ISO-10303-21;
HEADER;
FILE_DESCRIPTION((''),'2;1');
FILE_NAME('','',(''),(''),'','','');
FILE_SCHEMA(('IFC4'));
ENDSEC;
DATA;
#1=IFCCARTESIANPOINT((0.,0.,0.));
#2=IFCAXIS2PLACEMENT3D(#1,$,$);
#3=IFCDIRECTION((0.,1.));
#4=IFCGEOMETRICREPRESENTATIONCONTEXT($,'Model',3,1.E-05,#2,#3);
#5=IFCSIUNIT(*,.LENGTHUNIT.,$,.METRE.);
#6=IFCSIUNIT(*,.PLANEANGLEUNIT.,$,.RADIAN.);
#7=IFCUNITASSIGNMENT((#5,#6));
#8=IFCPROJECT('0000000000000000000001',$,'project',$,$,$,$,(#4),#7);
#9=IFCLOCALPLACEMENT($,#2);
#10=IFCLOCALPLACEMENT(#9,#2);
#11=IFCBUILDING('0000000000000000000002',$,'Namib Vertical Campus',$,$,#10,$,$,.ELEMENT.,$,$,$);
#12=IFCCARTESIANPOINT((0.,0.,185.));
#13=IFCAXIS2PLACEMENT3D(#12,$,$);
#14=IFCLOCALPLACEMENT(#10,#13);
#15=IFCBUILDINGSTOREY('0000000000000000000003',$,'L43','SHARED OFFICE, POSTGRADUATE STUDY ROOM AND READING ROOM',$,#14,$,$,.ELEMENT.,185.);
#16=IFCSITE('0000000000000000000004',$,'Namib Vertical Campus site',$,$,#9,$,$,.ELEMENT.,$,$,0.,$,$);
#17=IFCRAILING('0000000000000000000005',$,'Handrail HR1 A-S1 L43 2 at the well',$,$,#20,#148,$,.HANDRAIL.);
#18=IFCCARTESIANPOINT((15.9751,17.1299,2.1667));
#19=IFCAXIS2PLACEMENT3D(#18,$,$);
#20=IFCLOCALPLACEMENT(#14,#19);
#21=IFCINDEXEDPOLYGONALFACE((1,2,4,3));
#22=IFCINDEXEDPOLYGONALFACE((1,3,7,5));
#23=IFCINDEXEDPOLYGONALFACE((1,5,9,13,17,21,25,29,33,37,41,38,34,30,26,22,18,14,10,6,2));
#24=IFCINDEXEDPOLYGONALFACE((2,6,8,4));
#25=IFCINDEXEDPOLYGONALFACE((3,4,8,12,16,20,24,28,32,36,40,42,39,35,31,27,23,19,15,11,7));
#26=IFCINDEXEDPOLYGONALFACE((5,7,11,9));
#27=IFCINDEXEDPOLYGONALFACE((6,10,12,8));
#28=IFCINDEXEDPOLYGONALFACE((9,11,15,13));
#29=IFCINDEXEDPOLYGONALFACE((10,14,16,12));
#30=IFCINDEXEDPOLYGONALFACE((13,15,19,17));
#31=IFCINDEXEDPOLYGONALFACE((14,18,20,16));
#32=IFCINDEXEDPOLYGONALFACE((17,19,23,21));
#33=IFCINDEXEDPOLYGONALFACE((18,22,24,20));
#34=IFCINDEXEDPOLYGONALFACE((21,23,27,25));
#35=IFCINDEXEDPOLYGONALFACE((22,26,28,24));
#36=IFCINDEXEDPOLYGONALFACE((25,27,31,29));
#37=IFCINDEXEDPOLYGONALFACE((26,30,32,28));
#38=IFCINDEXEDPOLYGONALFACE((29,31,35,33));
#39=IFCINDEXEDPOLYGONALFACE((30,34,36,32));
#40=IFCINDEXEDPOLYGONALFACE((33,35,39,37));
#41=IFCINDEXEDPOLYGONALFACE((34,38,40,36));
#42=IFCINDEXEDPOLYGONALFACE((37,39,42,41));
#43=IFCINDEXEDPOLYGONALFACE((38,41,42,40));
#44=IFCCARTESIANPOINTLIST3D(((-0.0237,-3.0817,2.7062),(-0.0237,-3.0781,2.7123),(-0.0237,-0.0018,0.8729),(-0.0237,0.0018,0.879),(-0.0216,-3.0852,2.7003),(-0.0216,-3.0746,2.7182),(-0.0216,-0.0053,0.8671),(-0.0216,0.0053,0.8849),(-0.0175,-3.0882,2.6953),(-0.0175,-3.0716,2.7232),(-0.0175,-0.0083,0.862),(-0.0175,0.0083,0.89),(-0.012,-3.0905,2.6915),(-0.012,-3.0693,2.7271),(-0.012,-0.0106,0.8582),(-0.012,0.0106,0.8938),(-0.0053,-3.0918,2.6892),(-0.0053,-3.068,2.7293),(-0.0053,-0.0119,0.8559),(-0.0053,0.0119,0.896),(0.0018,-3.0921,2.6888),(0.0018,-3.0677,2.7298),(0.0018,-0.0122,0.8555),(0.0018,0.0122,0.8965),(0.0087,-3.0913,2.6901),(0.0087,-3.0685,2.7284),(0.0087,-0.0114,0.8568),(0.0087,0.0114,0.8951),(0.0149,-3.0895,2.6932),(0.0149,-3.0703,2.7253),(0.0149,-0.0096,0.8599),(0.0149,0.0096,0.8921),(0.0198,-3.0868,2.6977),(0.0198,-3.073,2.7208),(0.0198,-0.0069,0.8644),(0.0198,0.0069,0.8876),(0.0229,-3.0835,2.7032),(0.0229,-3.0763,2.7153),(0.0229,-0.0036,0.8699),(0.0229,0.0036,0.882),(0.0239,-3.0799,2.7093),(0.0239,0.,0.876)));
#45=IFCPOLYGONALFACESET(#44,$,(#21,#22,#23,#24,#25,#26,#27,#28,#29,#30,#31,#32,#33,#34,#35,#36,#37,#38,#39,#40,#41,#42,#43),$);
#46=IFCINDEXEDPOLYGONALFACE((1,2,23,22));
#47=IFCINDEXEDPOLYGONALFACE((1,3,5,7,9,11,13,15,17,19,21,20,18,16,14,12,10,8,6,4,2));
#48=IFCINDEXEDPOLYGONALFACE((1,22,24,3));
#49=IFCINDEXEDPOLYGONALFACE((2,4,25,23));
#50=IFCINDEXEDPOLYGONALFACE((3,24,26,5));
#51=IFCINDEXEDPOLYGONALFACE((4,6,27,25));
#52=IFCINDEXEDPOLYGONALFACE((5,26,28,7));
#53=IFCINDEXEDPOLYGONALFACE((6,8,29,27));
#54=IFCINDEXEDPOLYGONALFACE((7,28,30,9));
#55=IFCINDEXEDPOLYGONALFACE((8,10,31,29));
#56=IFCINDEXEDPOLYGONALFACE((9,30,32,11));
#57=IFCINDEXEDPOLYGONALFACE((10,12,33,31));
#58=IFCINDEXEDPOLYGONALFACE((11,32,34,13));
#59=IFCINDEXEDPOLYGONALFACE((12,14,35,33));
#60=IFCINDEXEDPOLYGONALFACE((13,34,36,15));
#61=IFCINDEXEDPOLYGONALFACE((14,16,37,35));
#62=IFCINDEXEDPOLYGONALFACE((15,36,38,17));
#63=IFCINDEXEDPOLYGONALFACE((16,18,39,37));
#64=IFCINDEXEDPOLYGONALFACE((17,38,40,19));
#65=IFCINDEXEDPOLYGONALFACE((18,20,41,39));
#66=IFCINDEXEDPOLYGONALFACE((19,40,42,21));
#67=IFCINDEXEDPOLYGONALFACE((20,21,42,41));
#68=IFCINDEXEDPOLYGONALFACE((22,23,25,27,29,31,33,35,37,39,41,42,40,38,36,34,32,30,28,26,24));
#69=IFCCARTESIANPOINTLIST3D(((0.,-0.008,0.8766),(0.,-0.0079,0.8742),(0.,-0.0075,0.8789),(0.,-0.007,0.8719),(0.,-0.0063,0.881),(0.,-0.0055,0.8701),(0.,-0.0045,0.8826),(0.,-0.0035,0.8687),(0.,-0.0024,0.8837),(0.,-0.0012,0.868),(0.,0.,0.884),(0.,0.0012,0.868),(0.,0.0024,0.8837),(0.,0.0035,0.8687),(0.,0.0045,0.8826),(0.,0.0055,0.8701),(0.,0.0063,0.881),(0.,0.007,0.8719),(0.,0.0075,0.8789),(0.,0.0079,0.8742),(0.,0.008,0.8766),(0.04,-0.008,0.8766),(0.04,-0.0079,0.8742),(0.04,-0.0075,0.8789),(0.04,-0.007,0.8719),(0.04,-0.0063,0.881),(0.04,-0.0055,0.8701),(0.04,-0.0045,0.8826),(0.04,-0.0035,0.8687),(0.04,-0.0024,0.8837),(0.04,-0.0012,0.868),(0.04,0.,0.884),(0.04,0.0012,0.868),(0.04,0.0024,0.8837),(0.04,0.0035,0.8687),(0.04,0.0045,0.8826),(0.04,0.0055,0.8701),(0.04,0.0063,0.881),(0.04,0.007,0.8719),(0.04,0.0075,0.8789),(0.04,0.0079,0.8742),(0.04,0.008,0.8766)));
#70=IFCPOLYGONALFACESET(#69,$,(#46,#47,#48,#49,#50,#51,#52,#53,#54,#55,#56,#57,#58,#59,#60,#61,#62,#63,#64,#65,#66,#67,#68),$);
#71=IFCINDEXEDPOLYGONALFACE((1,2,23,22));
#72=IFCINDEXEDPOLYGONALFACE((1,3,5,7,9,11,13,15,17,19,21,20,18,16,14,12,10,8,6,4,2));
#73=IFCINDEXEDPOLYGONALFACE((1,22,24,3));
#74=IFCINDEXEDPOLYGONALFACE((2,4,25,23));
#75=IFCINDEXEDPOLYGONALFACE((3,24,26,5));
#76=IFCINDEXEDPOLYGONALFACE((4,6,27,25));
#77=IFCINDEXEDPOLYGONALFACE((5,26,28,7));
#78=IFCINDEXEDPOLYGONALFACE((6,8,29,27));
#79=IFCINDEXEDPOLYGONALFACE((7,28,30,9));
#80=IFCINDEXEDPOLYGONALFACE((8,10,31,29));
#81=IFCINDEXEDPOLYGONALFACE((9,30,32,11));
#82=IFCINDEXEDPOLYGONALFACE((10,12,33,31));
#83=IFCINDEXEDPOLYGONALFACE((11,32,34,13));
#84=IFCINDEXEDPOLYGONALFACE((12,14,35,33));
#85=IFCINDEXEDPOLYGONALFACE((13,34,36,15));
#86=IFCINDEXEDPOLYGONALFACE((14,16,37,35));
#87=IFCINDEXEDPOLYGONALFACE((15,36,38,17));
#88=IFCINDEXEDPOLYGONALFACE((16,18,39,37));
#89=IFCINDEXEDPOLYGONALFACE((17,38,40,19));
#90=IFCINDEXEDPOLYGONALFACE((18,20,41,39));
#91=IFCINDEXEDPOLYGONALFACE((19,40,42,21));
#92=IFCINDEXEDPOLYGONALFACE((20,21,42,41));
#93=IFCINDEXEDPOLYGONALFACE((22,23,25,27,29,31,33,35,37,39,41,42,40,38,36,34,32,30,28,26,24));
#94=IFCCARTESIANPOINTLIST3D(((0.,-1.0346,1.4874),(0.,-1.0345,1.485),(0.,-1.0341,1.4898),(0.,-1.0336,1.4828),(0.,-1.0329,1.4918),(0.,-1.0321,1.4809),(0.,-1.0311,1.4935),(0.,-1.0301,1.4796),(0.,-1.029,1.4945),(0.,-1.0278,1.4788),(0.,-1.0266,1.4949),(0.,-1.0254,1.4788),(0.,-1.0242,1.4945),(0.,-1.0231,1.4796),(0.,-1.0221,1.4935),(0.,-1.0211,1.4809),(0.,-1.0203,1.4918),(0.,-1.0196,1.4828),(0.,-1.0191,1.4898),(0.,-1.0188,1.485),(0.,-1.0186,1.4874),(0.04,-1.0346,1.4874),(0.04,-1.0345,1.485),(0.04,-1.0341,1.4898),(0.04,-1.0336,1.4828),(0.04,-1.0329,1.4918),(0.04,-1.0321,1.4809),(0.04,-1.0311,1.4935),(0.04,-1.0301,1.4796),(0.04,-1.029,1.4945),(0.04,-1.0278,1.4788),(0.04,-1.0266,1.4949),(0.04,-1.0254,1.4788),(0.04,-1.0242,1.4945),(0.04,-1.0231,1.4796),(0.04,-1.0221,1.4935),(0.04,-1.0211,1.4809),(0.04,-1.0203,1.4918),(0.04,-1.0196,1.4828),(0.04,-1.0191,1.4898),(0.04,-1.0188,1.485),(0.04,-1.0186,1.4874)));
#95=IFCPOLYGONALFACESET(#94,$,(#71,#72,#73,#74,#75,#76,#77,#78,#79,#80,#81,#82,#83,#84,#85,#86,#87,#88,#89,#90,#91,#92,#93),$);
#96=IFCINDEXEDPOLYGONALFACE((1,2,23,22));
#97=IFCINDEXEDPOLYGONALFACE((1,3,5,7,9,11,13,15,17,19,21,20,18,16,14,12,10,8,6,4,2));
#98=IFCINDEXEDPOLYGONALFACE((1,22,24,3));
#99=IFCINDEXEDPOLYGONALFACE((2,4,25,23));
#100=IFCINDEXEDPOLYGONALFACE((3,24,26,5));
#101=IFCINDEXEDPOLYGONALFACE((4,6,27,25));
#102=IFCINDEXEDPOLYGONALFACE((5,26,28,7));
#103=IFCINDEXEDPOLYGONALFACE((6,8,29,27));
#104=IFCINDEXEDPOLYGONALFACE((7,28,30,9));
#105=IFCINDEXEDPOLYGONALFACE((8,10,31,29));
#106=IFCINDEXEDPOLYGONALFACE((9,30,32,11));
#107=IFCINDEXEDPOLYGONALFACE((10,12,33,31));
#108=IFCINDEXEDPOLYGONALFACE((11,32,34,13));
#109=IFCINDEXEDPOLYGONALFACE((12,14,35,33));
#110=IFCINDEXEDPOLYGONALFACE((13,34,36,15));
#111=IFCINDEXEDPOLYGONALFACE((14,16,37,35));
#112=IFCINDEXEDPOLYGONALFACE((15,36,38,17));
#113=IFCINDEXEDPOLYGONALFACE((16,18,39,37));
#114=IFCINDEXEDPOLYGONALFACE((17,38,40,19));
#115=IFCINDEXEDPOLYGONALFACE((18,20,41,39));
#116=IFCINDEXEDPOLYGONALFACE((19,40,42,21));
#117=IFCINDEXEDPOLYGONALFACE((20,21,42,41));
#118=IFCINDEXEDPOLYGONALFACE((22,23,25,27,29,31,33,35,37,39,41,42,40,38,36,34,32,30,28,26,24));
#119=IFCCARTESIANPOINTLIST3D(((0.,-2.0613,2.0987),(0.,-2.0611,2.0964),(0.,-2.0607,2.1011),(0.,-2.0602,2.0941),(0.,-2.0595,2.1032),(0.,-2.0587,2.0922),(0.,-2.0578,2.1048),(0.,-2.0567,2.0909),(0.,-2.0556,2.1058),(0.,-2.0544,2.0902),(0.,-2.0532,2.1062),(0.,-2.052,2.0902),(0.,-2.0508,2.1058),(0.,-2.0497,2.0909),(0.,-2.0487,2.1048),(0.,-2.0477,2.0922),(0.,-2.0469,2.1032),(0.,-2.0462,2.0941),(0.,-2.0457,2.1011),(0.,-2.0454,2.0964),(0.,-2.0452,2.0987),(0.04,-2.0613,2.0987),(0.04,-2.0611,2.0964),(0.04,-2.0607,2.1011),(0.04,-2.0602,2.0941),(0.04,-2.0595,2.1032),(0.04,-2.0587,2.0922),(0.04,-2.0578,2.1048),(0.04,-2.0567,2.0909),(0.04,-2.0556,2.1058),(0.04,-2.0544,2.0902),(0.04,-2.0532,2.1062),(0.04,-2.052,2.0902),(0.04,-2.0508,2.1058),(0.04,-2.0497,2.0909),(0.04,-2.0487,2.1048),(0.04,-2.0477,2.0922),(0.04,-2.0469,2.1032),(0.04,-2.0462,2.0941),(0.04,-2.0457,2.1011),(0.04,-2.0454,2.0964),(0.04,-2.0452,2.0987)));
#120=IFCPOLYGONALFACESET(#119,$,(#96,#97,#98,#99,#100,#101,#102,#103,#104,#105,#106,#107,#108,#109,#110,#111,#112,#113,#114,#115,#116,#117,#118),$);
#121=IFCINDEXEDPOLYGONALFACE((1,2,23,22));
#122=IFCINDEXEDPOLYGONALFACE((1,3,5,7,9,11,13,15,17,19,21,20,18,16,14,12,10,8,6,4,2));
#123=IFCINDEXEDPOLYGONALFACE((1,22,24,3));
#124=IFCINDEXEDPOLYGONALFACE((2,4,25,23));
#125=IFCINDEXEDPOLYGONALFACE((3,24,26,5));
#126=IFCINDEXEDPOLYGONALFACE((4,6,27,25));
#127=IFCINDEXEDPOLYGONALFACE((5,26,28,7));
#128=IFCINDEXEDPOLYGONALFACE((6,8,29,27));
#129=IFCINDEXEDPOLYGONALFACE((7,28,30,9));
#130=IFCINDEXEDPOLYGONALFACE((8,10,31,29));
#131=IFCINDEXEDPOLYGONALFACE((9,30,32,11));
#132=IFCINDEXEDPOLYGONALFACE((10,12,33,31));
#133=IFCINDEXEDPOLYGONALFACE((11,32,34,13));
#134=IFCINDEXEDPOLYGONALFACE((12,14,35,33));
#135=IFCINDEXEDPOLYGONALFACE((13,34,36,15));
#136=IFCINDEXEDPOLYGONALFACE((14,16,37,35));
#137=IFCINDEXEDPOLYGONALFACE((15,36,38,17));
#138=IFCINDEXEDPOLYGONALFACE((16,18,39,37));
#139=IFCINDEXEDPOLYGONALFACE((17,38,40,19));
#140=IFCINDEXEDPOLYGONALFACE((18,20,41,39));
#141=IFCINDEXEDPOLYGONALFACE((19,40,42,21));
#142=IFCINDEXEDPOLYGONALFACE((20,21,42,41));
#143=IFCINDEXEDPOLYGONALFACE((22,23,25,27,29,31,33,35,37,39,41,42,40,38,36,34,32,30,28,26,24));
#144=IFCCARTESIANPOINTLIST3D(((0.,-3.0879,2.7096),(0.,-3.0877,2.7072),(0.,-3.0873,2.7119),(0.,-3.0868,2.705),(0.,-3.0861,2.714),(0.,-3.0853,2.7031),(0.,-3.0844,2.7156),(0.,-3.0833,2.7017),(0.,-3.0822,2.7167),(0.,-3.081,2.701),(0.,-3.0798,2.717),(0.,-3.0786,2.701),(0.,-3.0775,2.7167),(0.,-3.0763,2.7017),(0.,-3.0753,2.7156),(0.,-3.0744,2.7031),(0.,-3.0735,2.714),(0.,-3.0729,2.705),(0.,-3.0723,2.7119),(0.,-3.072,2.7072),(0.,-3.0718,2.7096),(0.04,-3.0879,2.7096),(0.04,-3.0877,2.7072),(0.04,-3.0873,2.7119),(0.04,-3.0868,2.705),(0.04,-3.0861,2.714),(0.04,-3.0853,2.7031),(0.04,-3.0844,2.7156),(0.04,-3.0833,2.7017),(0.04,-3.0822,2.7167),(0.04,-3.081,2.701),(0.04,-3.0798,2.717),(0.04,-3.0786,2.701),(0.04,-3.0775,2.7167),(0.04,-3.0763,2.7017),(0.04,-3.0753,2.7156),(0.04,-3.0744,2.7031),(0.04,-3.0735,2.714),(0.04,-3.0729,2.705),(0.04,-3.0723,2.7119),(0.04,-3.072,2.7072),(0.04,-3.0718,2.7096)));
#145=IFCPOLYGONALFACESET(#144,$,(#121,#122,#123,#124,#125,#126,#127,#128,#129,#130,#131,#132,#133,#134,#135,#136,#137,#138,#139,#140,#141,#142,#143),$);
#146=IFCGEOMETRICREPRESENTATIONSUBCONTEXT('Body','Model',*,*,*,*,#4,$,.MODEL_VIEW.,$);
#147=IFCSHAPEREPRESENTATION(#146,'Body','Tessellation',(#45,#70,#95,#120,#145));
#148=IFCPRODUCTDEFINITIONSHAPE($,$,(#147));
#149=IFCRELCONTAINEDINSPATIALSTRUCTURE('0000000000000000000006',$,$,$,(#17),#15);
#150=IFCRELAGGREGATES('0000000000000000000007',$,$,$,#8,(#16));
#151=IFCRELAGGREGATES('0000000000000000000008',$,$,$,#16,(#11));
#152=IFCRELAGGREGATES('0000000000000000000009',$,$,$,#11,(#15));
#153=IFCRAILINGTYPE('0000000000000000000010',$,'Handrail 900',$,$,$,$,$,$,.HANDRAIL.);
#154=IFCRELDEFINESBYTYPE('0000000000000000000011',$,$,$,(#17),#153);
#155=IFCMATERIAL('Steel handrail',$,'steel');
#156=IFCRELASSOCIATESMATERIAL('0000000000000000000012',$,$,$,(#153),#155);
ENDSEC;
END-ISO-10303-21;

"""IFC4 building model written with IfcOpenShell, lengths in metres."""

from ifc_helpers import new_model, si_unit, direction, frame, origin, origin_2d, place, context, subcontext, project, spatial, circle, extrude, material, type_object, element, save


model = new_model("IFC4")

# Units and contexts
model_context = context("Model", 3, precision=1e-05, world=origin(), true_north=direction((0.0, 1.0)))
body_context = subcontext(model_context, "Body", "Model", "MODEL_VIEW")
ifc_project = project(units=[si_unit("LENGTHUNIT", "METRE"), si_unit("PLANEANGLEUNIT", "RADIAN")], contexts=[model_context])

# Site, building, storey
site_placement = place(None, origin())
site = spatial("IfcSite", under=ifc_project, at=site_placement, Name="Namib Vertical Campus site", CompositionType="ELEMENT", RefElevation=0.0)
building_placement = place(site_placement, origin())
building = spatial("IfcBuilding", under=site, at=building_placement, Name="Namib Vertical Campus", CompositionType="ELEMENT")
storey_placement = place(building_placement, frame((0.0, 0.0, 185.0)))
storey = spatial("IfcBuildingStorey", under=building, at=storey_placement, Name="L43", Description="SHARED OFFICE, POSTGRADUATE STUDY ROOM AND READING ROOM", CompositionType="ELEMENT", Elevation=185.0)

# Railing
ifc_material_1 = material(Name="Steel handrail", Category="steel")
railing_type = type_object("IfcRailingType", Name="Handrail 900", PredefinedType="HANDRAIL", material=ifc_material_1)
railing_1_placement = place(storey_placement, frame((15.9751, 17.1299, 2.1667)))
element("IfcRailing", 1, at=railing_1_placement, inside=storey, type_object=railing_type, Name="Handrail HR1 A-S1 L43 2 at the well", PredefinedType="HANDRAIL", context=body_context, shape_type="SweptSolid", body=[
    extrude(circle(Radius=0.0239, at=origin_2d()), frame((0.0, 0.0, 0.876), z_axis=(0.0, -0.859291, 0.511487), x_axis=(1.0, 0.0, 0.0)), (0.0, 0.0, 1.0), 3.5842),
    extrude(circle(Radius=0.0081, at=origin_2d()), frame((0.0, 0.0, 0.876), z_axis=(1.0, 0.0, 0.0), x_axis=(0.0, 0.0, 1.0)), (0.0, 0.0, 1.0), 0.04),
    extrude(circle(Radius=0.0081, at=origin_2d()), frame((0.0, -1.0266, 1.4868), z_axis=(1.0, 0.0, 0.0), x_axis=(0.0, 0.0, 1.0)), (0.0, 0.0, 1.0), 0.04),
    extrude(circle(Radius=0.0081, at=origin_2d()), frame((0.0, -2.0532, 2.0981), z_axis=(1.0, 0.0, 0.0), x_axis=(0.0, 0.0, 1.0)), (0.0, 0.0, 1.0), 0.04),
    extrude(circle(Radius=0.0081, at=origin_2d()), frame((0.0, -3.0798, 2.709), z_axis=(1.0, 0.0, 0.0), x_axis=(0.0, 0.0, 1.0)), (0.0, 0.0, 1.0), 0.04),
])

save(model, "model.ifc")
